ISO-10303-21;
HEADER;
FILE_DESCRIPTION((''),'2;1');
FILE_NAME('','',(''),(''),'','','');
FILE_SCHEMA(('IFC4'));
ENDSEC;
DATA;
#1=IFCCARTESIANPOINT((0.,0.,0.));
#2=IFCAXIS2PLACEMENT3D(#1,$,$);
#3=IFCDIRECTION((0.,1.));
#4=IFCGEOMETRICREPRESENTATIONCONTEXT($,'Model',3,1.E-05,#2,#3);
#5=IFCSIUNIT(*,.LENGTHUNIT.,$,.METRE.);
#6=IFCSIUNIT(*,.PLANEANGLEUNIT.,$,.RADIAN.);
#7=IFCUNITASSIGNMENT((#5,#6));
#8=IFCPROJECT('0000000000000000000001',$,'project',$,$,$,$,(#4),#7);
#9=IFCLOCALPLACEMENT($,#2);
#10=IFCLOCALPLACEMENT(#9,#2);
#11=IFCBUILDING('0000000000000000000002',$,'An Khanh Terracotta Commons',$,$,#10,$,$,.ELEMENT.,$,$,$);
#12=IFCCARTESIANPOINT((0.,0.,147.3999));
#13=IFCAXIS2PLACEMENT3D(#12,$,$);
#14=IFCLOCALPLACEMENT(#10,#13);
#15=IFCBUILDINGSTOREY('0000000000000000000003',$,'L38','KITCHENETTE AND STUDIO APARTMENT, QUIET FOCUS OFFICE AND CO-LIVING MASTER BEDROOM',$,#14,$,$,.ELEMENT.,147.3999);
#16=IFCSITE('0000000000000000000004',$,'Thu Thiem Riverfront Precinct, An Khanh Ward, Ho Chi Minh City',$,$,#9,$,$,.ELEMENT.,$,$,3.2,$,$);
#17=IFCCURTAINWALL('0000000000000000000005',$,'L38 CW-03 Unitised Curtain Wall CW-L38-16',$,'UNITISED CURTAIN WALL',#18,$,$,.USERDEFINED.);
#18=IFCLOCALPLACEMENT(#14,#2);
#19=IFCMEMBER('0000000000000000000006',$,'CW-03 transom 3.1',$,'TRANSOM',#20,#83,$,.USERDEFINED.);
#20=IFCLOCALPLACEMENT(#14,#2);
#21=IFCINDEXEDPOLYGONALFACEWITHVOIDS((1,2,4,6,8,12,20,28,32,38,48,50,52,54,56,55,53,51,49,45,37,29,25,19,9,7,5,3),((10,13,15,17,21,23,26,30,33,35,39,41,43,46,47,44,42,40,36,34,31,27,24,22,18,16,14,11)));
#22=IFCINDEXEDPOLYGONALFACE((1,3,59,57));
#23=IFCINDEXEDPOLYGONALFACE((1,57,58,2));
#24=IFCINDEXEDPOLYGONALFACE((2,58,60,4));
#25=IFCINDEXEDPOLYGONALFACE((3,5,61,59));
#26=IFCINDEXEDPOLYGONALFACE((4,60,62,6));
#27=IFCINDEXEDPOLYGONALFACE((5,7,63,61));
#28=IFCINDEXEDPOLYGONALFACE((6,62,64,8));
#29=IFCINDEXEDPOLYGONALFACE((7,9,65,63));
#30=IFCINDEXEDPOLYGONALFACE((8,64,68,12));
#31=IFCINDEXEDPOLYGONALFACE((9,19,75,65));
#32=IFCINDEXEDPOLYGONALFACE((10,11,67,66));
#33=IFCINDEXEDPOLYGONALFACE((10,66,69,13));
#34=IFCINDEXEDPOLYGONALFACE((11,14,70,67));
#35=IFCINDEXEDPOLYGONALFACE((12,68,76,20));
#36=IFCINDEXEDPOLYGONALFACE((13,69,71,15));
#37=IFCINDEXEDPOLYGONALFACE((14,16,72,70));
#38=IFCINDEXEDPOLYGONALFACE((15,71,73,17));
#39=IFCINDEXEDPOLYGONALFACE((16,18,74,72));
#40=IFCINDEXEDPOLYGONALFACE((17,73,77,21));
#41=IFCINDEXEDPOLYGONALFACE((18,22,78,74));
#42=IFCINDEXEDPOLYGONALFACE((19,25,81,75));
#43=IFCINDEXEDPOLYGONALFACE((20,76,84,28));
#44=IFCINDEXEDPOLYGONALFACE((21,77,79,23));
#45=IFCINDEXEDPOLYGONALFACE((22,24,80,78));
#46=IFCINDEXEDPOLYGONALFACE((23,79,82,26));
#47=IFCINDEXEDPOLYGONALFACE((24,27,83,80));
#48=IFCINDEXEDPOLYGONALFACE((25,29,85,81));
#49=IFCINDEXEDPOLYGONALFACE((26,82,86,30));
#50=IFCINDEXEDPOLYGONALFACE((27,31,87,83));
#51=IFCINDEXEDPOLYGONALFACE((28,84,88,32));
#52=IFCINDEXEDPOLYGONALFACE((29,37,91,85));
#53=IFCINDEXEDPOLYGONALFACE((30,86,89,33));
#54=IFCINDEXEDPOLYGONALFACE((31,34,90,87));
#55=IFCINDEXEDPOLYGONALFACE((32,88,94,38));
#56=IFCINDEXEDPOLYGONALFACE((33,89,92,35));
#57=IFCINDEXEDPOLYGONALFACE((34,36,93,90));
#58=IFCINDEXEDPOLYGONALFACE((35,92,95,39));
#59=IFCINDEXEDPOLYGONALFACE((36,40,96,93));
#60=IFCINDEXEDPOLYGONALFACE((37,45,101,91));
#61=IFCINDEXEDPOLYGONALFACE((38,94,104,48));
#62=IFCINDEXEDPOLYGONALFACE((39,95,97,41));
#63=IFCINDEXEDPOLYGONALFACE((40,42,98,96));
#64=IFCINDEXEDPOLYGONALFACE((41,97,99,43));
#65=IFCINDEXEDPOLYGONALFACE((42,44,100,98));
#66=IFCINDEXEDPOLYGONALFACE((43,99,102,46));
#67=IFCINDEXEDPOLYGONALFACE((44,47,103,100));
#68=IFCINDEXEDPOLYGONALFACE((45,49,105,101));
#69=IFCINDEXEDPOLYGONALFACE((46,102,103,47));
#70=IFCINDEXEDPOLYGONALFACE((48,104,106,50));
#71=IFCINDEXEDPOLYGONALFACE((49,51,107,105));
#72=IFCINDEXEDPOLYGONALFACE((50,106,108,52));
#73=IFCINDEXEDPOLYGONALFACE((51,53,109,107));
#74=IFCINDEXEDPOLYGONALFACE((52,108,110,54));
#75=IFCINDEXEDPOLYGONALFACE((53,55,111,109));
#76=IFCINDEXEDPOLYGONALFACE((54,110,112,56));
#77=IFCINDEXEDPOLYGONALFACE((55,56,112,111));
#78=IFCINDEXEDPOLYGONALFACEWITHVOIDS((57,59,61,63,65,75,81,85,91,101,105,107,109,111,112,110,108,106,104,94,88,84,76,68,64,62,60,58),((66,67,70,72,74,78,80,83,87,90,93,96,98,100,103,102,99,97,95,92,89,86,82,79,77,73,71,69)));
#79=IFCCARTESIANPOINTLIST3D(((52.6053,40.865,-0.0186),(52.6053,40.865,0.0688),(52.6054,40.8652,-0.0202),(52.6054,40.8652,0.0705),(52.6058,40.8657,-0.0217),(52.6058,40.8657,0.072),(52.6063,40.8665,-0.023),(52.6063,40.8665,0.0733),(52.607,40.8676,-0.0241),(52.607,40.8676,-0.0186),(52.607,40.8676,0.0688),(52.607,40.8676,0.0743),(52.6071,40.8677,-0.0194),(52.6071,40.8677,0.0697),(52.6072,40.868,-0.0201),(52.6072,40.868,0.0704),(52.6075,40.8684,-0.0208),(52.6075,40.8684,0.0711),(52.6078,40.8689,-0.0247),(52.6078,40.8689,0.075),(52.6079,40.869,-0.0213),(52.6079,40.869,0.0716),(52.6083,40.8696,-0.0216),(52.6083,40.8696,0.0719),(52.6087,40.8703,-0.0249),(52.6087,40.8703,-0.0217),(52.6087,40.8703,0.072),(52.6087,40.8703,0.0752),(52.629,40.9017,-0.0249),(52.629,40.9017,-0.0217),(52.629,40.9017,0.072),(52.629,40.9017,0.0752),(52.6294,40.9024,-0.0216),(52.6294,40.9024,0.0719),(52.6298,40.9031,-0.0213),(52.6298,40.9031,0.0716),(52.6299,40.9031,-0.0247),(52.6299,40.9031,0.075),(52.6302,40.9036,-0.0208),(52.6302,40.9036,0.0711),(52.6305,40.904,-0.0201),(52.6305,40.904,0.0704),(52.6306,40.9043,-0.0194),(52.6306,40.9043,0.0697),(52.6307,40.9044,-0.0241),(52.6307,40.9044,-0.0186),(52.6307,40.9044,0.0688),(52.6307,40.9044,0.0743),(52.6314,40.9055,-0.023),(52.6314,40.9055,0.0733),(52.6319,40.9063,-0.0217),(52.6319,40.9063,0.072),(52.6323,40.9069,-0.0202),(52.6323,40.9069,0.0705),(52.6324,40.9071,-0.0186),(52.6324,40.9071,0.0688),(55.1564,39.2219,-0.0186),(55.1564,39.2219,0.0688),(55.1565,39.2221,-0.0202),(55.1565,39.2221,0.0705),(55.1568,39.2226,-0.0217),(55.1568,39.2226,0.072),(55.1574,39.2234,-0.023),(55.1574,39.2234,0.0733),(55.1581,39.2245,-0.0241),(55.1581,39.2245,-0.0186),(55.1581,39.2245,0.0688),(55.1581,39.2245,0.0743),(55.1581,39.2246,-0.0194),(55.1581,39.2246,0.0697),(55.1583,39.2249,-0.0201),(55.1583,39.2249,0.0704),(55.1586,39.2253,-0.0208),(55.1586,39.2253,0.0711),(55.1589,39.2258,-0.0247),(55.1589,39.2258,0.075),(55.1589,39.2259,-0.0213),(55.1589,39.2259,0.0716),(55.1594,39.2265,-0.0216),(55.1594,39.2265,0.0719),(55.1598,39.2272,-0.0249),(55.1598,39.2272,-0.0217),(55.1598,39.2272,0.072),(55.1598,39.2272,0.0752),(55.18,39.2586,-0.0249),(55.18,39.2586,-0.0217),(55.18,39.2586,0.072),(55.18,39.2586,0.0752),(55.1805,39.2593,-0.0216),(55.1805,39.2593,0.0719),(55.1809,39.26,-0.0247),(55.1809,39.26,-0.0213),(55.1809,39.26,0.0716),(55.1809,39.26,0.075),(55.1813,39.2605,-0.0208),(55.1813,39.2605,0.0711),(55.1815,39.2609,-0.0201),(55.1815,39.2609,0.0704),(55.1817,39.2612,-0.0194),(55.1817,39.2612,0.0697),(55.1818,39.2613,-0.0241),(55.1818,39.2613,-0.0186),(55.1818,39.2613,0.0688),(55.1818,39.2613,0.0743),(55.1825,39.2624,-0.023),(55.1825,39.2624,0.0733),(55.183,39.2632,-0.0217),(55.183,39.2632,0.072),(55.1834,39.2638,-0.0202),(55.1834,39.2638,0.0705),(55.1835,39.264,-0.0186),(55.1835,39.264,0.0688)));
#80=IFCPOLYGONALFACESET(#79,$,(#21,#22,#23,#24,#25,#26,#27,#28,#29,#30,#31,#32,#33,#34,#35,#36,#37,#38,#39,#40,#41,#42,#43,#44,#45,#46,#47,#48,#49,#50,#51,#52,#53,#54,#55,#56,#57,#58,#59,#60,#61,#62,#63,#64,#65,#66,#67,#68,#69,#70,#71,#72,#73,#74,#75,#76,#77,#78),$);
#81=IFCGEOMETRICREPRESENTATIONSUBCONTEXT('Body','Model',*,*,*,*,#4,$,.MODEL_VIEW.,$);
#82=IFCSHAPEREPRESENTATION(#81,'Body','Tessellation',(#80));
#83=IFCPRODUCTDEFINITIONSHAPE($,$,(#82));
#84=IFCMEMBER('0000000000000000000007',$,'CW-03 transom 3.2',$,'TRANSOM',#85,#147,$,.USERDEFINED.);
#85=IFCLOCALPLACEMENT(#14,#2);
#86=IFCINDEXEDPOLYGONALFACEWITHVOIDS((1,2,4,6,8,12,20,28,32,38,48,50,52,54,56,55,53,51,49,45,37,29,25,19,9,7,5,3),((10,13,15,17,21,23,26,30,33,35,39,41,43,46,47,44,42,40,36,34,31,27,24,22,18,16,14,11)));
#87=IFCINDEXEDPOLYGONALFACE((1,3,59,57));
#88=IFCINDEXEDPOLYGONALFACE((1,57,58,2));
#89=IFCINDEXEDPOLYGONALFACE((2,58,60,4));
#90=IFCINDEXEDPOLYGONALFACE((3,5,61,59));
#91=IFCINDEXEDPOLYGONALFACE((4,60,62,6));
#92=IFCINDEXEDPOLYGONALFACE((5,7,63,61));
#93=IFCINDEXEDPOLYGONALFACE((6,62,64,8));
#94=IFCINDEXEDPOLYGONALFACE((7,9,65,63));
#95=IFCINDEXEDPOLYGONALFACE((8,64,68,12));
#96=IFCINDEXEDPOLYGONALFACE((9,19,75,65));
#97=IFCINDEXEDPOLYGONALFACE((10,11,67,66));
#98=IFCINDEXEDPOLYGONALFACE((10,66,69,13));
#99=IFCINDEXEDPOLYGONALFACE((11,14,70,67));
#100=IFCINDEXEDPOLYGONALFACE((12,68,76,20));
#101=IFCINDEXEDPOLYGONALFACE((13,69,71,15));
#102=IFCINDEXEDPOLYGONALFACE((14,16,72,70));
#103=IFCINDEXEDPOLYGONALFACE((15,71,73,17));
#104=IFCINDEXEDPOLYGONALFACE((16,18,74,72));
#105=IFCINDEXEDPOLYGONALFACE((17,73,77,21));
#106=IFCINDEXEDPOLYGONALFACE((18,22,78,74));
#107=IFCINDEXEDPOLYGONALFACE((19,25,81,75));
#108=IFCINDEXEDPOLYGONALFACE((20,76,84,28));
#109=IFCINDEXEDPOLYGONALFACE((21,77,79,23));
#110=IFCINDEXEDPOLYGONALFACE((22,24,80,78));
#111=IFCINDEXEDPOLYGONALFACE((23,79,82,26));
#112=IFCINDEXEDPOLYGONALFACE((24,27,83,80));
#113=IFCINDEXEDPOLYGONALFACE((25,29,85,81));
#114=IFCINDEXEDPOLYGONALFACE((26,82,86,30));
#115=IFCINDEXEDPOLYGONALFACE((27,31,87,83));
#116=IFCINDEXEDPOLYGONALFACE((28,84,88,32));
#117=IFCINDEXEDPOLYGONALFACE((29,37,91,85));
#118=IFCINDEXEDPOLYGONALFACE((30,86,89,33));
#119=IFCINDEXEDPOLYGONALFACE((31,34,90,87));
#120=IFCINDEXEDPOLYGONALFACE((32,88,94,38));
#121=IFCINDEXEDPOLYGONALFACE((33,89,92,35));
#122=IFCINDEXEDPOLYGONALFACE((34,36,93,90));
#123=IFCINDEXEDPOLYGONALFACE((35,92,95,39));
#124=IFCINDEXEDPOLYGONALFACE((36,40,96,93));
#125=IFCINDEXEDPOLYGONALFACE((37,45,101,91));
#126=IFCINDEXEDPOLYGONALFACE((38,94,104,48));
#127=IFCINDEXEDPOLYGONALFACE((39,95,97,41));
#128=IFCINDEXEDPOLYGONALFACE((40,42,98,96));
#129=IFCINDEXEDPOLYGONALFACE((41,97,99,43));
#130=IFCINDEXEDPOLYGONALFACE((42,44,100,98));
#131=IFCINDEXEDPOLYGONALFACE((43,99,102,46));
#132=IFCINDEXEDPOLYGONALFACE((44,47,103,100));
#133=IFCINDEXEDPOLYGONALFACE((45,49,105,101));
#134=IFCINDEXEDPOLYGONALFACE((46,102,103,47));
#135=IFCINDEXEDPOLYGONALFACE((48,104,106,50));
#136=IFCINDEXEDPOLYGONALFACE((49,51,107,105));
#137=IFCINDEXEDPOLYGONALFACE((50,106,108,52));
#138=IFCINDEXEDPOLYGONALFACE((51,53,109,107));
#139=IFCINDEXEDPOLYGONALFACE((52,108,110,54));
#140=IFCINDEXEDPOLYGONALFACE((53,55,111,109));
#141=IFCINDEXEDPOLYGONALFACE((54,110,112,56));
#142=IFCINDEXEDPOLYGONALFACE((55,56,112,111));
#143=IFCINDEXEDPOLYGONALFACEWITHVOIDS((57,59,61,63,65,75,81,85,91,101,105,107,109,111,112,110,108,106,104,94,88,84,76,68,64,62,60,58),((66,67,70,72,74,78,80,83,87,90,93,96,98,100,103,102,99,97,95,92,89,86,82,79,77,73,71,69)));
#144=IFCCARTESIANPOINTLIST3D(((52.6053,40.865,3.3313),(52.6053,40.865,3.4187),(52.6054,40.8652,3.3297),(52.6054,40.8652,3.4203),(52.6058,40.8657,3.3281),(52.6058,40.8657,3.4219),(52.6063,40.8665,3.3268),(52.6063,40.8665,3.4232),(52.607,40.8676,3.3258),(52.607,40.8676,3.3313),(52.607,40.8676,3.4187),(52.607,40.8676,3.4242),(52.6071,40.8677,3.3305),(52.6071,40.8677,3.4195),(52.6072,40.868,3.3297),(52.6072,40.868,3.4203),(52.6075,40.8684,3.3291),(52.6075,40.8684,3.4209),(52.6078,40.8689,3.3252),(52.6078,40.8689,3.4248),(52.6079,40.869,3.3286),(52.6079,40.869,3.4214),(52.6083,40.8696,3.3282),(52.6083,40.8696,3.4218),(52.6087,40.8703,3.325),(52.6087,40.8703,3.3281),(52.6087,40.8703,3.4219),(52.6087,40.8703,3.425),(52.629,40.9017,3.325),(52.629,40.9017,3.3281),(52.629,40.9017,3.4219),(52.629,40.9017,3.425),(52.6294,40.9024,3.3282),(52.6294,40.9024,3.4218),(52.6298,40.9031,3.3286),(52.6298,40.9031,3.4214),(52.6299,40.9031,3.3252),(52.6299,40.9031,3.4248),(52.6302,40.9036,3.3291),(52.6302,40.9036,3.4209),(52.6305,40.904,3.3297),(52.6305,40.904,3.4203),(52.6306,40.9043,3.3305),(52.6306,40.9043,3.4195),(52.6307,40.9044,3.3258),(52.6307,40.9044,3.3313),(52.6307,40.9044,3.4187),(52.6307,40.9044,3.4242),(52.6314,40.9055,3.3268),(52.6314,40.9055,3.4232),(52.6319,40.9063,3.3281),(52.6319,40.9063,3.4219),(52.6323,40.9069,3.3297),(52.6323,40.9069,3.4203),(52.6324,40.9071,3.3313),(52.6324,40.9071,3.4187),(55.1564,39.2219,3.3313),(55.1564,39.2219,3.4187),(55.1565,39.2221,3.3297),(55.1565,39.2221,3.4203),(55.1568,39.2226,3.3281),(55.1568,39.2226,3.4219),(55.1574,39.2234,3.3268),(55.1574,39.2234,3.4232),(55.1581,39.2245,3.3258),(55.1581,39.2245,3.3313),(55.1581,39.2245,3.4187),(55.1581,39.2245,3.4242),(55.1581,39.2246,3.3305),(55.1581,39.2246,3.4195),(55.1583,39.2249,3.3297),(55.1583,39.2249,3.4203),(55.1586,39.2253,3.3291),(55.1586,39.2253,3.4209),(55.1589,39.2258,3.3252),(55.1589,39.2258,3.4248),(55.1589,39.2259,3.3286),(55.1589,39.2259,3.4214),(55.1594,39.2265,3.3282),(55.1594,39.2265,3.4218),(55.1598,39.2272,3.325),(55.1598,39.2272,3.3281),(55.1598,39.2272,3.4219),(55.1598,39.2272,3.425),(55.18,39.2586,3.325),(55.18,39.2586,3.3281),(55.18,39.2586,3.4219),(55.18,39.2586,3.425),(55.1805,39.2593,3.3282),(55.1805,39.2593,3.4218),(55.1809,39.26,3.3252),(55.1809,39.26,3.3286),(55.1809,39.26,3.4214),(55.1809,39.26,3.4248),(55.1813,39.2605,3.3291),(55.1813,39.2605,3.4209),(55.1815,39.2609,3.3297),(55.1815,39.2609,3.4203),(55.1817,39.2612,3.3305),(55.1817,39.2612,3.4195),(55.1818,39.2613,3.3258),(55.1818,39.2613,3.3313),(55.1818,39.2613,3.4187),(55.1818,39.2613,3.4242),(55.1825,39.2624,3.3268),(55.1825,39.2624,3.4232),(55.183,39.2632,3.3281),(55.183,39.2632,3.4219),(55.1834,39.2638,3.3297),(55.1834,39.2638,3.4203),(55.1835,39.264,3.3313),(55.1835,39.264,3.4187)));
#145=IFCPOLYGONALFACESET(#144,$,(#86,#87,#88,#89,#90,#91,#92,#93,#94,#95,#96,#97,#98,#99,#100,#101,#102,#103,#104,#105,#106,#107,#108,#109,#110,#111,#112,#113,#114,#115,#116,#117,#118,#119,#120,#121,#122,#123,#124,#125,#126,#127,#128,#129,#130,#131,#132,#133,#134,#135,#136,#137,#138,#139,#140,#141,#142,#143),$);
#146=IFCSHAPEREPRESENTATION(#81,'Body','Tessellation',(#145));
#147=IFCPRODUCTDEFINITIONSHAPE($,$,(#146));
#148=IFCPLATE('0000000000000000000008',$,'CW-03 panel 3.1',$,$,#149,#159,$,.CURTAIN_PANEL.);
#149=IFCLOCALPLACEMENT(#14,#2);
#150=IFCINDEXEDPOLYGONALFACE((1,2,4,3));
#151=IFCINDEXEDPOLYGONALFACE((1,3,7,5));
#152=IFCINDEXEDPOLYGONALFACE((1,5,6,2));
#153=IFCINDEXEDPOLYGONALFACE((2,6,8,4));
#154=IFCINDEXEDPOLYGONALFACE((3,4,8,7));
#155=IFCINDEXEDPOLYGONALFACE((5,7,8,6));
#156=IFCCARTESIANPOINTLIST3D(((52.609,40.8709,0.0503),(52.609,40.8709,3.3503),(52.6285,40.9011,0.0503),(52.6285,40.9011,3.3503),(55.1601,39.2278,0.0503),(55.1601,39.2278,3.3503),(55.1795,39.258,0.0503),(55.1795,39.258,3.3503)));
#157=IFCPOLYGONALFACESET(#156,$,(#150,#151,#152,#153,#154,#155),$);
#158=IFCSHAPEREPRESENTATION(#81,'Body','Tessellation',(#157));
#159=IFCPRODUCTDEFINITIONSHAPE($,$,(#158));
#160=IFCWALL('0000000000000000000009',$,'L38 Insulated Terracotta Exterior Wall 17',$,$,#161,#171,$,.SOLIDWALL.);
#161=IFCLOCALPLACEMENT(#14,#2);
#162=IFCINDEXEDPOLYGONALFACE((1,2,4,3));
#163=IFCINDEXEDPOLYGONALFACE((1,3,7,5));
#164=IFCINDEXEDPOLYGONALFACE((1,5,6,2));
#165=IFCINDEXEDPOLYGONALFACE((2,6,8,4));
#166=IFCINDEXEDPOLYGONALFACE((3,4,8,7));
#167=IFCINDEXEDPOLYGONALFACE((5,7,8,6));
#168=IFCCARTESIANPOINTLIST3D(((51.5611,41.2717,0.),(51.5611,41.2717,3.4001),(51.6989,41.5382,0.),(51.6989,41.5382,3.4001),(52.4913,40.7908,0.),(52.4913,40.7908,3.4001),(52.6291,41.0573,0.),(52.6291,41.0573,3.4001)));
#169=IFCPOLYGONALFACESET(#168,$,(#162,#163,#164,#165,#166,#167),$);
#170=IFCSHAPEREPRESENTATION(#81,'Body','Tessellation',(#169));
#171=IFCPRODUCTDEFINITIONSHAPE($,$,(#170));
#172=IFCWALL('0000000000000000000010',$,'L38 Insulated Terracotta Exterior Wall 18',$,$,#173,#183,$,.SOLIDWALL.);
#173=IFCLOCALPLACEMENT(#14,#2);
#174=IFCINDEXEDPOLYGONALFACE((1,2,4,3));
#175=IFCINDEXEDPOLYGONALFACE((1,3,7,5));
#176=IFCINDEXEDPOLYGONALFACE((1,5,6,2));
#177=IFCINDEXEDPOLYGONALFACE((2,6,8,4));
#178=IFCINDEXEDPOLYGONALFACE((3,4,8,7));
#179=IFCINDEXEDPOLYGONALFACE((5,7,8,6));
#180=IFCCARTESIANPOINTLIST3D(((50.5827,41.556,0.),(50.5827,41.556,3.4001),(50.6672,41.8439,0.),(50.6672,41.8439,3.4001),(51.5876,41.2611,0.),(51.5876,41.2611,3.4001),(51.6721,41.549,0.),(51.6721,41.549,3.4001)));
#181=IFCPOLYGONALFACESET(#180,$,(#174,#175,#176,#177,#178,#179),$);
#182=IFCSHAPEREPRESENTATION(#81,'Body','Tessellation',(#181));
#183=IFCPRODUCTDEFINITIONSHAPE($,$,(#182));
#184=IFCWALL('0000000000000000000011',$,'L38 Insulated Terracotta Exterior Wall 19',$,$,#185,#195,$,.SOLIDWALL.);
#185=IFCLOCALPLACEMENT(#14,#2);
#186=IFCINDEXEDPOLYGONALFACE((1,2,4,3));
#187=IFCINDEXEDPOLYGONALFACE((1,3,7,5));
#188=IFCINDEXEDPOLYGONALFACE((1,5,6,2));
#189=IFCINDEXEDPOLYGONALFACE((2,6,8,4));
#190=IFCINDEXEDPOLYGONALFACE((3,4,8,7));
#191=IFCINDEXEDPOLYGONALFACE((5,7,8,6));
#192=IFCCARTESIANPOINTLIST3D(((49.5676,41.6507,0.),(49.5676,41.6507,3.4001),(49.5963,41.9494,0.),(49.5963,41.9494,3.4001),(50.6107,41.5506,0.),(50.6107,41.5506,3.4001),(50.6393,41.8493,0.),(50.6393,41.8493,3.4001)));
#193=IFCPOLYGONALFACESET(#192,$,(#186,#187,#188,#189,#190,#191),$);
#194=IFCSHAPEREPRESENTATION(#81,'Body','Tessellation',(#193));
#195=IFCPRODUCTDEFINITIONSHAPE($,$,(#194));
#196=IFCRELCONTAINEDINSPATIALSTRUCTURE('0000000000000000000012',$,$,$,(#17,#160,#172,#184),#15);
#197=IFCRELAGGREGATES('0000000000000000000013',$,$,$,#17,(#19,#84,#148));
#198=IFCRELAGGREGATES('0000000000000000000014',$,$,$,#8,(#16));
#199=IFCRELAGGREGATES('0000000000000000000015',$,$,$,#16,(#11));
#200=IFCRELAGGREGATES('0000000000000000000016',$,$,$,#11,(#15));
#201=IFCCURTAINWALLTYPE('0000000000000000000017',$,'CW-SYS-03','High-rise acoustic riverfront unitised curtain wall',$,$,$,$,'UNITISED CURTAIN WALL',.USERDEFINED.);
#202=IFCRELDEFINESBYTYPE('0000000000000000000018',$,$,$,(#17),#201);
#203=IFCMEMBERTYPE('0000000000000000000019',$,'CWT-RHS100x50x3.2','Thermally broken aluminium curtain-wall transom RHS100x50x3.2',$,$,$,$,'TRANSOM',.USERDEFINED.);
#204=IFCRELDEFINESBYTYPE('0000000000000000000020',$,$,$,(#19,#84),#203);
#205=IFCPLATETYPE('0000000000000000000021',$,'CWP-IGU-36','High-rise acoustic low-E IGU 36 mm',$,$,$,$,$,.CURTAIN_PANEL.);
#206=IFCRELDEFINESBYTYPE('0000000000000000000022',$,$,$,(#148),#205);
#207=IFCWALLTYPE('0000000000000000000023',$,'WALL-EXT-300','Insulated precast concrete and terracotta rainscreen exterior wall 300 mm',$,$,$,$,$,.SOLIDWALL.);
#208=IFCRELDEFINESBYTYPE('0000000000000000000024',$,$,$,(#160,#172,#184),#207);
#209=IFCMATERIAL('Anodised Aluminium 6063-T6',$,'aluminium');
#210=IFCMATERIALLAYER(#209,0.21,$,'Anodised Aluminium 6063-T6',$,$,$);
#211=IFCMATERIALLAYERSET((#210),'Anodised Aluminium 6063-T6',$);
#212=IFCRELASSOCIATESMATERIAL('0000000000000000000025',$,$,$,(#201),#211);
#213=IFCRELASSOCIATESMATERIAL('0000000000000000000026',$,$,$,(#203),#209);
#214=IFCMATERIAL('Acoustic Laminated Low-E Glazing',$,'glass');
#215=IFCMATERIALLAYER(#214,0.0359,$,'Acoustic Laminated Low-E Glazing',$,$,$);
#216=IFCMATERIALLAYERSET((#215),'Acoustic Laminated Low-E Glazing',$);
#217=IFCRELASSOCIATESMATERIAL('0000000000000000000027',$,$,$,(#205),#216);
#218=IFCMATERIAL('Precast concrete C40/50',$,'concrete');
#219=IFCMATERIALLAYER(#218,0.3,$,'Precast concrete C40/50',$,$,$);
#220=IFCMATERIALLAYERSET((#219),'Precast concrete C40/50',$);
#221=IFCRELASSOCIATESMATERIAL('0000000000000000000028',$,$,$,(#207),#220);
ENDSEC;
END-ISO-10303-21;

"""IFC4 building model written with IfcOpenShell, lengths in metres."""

from ifc_helpers import new_model, si_unit, direction, frame, frame_2d, origin, origin_2d, place, context, subcontext, project, spatial, rectangle, hollow_rectangle, extrude, material, layer, layer_set, material_profile, profile_set, type_object, element, aggregate, save


model = new_model("IFC4")

# Units and contexts
model_context = context("Model", 3, precision=1e-05, world=origin(), true_north=direction((0.0, 1.0)))
body_context = subcontext(model_context, "Body", "Model", "MODEL_VIEW")
ifc_project = project(units=[si_unit("LENGTHUNIT", "METRE"), si_unit("PLANEANGLEUNIT", "RADIAN")], contexts=[model_context])

# Site, building, storey
site_placement = place(None, origin())
site = spatial("IfcSite", under=ifc_project, at=site_placement, Name="Thu Thiem Riverfront Precinct, An Khanh Ward, Ho Chi Minh City", CompositionType="ELEMENT", RefElevation=3.2)
building_placement = place(site_placement, origin())
building = spatial("IfcBuilding", under=site, at=building_placement, Name="An Khanh Terracotta Commons", CompositionType="ELEMENT")
storey_placement = place(building_placement, frame((0.0, 0.0, 147.3999)))
storey = spatial("IfcBuildingStorey", under=building, at=storey_placement, Name="L38", Description="KITCHENETTE AND STUDIO APARTMENT, QUIET FOCUS OFFICE AND CO-LIVING MASTER BEDROOM", CompositionType="ELEMENT", Elevation=147.3999)

# Curtain wall, members, plate
ifc_material_1 = material(Name="Anodised Aluminium 6063-T6", Category="aluminium")
ifc_layer_1 = layer(ifc_material_1, 0.21, Name="Anodised Aluminium 6063-T6")
ifc_layer_set_1 = layer_set([ifc_layer_1], Name="Anodised Aluminium 6063-T6")
curtain_wall_type = type_object("IfcCurtainWallType", Name="CW-SYS-03", Description="High-rise acoustic riverfront unitised curtain wall", ElementType="UNITISED CURTAIN WALL", PredefinedType="USERDEFINED", material=ifc_layer_set_1)
curtain_wall_placement = place(storey_placement, origin())
curtain_wall = element("IfcCurtainWall", 1, at=curtain_wall_placement, inside=storey, type_object=curtain_wall_type, Name="L38 CW-03 Unitised Curtain Wall CW-L38-16", ObjectType="UNITISED CURTAIN WALL", PredefinedType="USERDEFINED")
ifc_material_profile_1 = material_profile(ifc_material_1, hollow_rectangle(XDim=0.05, YDim=0.1001, WallThickness=0.0032, InnerFilletRadius=0.0032, OuterFilletRadius=0.0063, at=origin_2d()), Name="RHS100x50x3.2")
ifc_profile_set_1 = profile_set([ifc_material_profile_1], Name="Anodised Aluminium 6063-T6")
member_type_1 = type_object("IfcMemberType", Name="CWT-RHS100x50x3.2", Description="Thermally broken aluminium curtain-wall transom RHS100x50x3.2", ElementType="TRANSOM", PredefinedType="USERDEFINED", material=ifc_profile_set_1)
member_1_placement = place(storey_placement, frame((55.1699, 39.2429, 0.0251), z_axis=(-0.84071, 0.541485, 0.0), x_axis=(-0.541485, -0.84071, 0.0)))
member_1 = element("IfcMember", 2, at=member_1_placement, type_object=member_type_1, Name="CW-03 transom 3.1", ObjectType="TRANSOM", PredefinedType="USERDEFINED", context=body_context, shape_type="SweptSolid", body=[
    extrude(hollow_rectangle(XDim=0.05, YDim=0.1001, WallThickness=0.0032, InnerFilletRadius=0.0032, OuterFilletRadius=0.0063, at=origin_2d()), origin(), (0.0, 0.0, 1.0), 3.0344),
])
member_2_placement = place(storey_placement, frame((55.1699, 39.2429, 3.375), z_axis=(-0.84071, 0.541485, 0.0), x_axis=(-0.541485, -0.84071, 0.0)))
member_2 = element("IfcMember", 3, at=member_2_placement, type_object=member_type_1, Name="CW-03 transom 3.2", ObjectType="TRANSOM", PredefinedType="USERDEFINED", context=body_context, shape_type="SweptSolid", body=[
    extrude(hollow_rectangle(XDim=0.05, YDim=0.1001, WallThickness=0.0032, InnerFilletRadius=0.0032, OuterFilletRadius=0.0063, at=origin_2d()), origin(), (0.0, 0.0, 1.0), 3.0344),
])
ifc_material_2 = material(Name="Acoustic Laminated Low-E Glazing", Category="glass")
ifc_layer_2 = layer(ifc_material_2, 0.0359, Name="Acoustic Laminated Low-E Glazing")
ifc_layer_set_2 = layer_set([ifc_layer_2], Name="Acoustic Laminated Low-E Glazing")
plate_type = type_object("IfcPlateType", Name="CWP-IGU-36", Description="High-rise acoustic low-E IGU 36 mm", PredefinedType="CURTAIN_PANEL", material=ifc_layer_set_2)
plate_placement = place(storey_placement, frame((53.8943, 40.0645, 0.0503), z_axis=(0.0, 0.0, 1.0), x_axis=(-0.840702, 0.541498, 0.0)))
plate = element("IfcPlate", 4, at=plate_placement, type_object=plate_type, Name="CW-03 panel 3.1", PredefinedType="CURTAIN_PANEL", context=body_context, shape_type="SweptSolid", body=[
    extrude(rectangle(XDim=3.0344, YDim=0.0359, at=origin_2d()), origin(), (0.0, 0.0, 1.0), 3.3),
])
aggregate(curtain_wall, [member_1, member_2, plate])

# Walls
ifc_material_3 = material(Name="Precast concrete C40/50", Category="concrete")
ifc_layer_3 = layer(ifc_material_3, 0.3, Name="Precast concrete C40/50")
ifc_layer_set_3 = layer_set([ifc_layer_3], Name="Precast concrete C40/50")
wall_type_1 = type_object("IfcWallType", Name="WALL-EXT-300", Description="Insulated precast concrete and terracotta rainscreen exterior wall 300 mm", PredefinedType="SOLIDWALL", material=ifc_layer_set_3)
wall_1_placement = place(storey_placement, frame((52.5601, 40.9241, 0.0), z_axis=(0.0, 0.0, 1.0), x_axis=(-0.888283, 0.459296, 0.0)))
element("IfcWall", 5, at=wall_1_placement, inside=storey, type_object=wall_type_1, Name="L38 Insulated Terracotta Exterior Wall 17", PredefinedType="SOLIDWALL", context=body_context, shape_type="SweptSolid", body=[
    extrude(rectangle(XDim=1.0471, YDim=0.3, at=frame_2d((0.5234, 0.0))), origin(), (0.0, 0.0, 1.0), 3.4001),
])
wall_2_placement = place(storey_placement, frame((51.6299, 41.405, 0.0), z_axis=(0.0, 0.0, 1.0), x_axis=(-0.959529, 0.281611, 0.0)))
element("IfcWall", 6, at=wall_2_placement, inside=storey, type_object=wall_type_1, Name="L38 Insulated Terracotta Exterior Wall 18", PredefinedType="SOLIDWALL", context=body_context, shape_type="SweptSolid", body=[
    extrude(rectangle(XDim=1.0474, YDim=0.3, at=frame_2d((0.5237, 0.0))), origin(), (0.0, 0.0, 1.0), 3.4001),
])
wall_3_placement = place(storey_placement, frame((50.625, 41.7, 0.0), z_axis=(0.0, 0.0, 1.0), x_axis=(-0.995426, 0.095535, 0.0)))
element("IfcWall", 7, at=wall_3_placement, inside=storey, type_object=wall_type_1, Name="L38 Insulated Terracotta Exterior Wall 19", PredefinedType="SOLIDWALL", context=body_context, shape_type="SweptSolid", body=[
    extrude(rectangle(XDim=1.0479, YDim=0.3, at=frame_2d((0.5239, 0.0))), origin(), (0.0, 0.0, 1.0), 3.4001),
])

save(model, "model.ifc")
